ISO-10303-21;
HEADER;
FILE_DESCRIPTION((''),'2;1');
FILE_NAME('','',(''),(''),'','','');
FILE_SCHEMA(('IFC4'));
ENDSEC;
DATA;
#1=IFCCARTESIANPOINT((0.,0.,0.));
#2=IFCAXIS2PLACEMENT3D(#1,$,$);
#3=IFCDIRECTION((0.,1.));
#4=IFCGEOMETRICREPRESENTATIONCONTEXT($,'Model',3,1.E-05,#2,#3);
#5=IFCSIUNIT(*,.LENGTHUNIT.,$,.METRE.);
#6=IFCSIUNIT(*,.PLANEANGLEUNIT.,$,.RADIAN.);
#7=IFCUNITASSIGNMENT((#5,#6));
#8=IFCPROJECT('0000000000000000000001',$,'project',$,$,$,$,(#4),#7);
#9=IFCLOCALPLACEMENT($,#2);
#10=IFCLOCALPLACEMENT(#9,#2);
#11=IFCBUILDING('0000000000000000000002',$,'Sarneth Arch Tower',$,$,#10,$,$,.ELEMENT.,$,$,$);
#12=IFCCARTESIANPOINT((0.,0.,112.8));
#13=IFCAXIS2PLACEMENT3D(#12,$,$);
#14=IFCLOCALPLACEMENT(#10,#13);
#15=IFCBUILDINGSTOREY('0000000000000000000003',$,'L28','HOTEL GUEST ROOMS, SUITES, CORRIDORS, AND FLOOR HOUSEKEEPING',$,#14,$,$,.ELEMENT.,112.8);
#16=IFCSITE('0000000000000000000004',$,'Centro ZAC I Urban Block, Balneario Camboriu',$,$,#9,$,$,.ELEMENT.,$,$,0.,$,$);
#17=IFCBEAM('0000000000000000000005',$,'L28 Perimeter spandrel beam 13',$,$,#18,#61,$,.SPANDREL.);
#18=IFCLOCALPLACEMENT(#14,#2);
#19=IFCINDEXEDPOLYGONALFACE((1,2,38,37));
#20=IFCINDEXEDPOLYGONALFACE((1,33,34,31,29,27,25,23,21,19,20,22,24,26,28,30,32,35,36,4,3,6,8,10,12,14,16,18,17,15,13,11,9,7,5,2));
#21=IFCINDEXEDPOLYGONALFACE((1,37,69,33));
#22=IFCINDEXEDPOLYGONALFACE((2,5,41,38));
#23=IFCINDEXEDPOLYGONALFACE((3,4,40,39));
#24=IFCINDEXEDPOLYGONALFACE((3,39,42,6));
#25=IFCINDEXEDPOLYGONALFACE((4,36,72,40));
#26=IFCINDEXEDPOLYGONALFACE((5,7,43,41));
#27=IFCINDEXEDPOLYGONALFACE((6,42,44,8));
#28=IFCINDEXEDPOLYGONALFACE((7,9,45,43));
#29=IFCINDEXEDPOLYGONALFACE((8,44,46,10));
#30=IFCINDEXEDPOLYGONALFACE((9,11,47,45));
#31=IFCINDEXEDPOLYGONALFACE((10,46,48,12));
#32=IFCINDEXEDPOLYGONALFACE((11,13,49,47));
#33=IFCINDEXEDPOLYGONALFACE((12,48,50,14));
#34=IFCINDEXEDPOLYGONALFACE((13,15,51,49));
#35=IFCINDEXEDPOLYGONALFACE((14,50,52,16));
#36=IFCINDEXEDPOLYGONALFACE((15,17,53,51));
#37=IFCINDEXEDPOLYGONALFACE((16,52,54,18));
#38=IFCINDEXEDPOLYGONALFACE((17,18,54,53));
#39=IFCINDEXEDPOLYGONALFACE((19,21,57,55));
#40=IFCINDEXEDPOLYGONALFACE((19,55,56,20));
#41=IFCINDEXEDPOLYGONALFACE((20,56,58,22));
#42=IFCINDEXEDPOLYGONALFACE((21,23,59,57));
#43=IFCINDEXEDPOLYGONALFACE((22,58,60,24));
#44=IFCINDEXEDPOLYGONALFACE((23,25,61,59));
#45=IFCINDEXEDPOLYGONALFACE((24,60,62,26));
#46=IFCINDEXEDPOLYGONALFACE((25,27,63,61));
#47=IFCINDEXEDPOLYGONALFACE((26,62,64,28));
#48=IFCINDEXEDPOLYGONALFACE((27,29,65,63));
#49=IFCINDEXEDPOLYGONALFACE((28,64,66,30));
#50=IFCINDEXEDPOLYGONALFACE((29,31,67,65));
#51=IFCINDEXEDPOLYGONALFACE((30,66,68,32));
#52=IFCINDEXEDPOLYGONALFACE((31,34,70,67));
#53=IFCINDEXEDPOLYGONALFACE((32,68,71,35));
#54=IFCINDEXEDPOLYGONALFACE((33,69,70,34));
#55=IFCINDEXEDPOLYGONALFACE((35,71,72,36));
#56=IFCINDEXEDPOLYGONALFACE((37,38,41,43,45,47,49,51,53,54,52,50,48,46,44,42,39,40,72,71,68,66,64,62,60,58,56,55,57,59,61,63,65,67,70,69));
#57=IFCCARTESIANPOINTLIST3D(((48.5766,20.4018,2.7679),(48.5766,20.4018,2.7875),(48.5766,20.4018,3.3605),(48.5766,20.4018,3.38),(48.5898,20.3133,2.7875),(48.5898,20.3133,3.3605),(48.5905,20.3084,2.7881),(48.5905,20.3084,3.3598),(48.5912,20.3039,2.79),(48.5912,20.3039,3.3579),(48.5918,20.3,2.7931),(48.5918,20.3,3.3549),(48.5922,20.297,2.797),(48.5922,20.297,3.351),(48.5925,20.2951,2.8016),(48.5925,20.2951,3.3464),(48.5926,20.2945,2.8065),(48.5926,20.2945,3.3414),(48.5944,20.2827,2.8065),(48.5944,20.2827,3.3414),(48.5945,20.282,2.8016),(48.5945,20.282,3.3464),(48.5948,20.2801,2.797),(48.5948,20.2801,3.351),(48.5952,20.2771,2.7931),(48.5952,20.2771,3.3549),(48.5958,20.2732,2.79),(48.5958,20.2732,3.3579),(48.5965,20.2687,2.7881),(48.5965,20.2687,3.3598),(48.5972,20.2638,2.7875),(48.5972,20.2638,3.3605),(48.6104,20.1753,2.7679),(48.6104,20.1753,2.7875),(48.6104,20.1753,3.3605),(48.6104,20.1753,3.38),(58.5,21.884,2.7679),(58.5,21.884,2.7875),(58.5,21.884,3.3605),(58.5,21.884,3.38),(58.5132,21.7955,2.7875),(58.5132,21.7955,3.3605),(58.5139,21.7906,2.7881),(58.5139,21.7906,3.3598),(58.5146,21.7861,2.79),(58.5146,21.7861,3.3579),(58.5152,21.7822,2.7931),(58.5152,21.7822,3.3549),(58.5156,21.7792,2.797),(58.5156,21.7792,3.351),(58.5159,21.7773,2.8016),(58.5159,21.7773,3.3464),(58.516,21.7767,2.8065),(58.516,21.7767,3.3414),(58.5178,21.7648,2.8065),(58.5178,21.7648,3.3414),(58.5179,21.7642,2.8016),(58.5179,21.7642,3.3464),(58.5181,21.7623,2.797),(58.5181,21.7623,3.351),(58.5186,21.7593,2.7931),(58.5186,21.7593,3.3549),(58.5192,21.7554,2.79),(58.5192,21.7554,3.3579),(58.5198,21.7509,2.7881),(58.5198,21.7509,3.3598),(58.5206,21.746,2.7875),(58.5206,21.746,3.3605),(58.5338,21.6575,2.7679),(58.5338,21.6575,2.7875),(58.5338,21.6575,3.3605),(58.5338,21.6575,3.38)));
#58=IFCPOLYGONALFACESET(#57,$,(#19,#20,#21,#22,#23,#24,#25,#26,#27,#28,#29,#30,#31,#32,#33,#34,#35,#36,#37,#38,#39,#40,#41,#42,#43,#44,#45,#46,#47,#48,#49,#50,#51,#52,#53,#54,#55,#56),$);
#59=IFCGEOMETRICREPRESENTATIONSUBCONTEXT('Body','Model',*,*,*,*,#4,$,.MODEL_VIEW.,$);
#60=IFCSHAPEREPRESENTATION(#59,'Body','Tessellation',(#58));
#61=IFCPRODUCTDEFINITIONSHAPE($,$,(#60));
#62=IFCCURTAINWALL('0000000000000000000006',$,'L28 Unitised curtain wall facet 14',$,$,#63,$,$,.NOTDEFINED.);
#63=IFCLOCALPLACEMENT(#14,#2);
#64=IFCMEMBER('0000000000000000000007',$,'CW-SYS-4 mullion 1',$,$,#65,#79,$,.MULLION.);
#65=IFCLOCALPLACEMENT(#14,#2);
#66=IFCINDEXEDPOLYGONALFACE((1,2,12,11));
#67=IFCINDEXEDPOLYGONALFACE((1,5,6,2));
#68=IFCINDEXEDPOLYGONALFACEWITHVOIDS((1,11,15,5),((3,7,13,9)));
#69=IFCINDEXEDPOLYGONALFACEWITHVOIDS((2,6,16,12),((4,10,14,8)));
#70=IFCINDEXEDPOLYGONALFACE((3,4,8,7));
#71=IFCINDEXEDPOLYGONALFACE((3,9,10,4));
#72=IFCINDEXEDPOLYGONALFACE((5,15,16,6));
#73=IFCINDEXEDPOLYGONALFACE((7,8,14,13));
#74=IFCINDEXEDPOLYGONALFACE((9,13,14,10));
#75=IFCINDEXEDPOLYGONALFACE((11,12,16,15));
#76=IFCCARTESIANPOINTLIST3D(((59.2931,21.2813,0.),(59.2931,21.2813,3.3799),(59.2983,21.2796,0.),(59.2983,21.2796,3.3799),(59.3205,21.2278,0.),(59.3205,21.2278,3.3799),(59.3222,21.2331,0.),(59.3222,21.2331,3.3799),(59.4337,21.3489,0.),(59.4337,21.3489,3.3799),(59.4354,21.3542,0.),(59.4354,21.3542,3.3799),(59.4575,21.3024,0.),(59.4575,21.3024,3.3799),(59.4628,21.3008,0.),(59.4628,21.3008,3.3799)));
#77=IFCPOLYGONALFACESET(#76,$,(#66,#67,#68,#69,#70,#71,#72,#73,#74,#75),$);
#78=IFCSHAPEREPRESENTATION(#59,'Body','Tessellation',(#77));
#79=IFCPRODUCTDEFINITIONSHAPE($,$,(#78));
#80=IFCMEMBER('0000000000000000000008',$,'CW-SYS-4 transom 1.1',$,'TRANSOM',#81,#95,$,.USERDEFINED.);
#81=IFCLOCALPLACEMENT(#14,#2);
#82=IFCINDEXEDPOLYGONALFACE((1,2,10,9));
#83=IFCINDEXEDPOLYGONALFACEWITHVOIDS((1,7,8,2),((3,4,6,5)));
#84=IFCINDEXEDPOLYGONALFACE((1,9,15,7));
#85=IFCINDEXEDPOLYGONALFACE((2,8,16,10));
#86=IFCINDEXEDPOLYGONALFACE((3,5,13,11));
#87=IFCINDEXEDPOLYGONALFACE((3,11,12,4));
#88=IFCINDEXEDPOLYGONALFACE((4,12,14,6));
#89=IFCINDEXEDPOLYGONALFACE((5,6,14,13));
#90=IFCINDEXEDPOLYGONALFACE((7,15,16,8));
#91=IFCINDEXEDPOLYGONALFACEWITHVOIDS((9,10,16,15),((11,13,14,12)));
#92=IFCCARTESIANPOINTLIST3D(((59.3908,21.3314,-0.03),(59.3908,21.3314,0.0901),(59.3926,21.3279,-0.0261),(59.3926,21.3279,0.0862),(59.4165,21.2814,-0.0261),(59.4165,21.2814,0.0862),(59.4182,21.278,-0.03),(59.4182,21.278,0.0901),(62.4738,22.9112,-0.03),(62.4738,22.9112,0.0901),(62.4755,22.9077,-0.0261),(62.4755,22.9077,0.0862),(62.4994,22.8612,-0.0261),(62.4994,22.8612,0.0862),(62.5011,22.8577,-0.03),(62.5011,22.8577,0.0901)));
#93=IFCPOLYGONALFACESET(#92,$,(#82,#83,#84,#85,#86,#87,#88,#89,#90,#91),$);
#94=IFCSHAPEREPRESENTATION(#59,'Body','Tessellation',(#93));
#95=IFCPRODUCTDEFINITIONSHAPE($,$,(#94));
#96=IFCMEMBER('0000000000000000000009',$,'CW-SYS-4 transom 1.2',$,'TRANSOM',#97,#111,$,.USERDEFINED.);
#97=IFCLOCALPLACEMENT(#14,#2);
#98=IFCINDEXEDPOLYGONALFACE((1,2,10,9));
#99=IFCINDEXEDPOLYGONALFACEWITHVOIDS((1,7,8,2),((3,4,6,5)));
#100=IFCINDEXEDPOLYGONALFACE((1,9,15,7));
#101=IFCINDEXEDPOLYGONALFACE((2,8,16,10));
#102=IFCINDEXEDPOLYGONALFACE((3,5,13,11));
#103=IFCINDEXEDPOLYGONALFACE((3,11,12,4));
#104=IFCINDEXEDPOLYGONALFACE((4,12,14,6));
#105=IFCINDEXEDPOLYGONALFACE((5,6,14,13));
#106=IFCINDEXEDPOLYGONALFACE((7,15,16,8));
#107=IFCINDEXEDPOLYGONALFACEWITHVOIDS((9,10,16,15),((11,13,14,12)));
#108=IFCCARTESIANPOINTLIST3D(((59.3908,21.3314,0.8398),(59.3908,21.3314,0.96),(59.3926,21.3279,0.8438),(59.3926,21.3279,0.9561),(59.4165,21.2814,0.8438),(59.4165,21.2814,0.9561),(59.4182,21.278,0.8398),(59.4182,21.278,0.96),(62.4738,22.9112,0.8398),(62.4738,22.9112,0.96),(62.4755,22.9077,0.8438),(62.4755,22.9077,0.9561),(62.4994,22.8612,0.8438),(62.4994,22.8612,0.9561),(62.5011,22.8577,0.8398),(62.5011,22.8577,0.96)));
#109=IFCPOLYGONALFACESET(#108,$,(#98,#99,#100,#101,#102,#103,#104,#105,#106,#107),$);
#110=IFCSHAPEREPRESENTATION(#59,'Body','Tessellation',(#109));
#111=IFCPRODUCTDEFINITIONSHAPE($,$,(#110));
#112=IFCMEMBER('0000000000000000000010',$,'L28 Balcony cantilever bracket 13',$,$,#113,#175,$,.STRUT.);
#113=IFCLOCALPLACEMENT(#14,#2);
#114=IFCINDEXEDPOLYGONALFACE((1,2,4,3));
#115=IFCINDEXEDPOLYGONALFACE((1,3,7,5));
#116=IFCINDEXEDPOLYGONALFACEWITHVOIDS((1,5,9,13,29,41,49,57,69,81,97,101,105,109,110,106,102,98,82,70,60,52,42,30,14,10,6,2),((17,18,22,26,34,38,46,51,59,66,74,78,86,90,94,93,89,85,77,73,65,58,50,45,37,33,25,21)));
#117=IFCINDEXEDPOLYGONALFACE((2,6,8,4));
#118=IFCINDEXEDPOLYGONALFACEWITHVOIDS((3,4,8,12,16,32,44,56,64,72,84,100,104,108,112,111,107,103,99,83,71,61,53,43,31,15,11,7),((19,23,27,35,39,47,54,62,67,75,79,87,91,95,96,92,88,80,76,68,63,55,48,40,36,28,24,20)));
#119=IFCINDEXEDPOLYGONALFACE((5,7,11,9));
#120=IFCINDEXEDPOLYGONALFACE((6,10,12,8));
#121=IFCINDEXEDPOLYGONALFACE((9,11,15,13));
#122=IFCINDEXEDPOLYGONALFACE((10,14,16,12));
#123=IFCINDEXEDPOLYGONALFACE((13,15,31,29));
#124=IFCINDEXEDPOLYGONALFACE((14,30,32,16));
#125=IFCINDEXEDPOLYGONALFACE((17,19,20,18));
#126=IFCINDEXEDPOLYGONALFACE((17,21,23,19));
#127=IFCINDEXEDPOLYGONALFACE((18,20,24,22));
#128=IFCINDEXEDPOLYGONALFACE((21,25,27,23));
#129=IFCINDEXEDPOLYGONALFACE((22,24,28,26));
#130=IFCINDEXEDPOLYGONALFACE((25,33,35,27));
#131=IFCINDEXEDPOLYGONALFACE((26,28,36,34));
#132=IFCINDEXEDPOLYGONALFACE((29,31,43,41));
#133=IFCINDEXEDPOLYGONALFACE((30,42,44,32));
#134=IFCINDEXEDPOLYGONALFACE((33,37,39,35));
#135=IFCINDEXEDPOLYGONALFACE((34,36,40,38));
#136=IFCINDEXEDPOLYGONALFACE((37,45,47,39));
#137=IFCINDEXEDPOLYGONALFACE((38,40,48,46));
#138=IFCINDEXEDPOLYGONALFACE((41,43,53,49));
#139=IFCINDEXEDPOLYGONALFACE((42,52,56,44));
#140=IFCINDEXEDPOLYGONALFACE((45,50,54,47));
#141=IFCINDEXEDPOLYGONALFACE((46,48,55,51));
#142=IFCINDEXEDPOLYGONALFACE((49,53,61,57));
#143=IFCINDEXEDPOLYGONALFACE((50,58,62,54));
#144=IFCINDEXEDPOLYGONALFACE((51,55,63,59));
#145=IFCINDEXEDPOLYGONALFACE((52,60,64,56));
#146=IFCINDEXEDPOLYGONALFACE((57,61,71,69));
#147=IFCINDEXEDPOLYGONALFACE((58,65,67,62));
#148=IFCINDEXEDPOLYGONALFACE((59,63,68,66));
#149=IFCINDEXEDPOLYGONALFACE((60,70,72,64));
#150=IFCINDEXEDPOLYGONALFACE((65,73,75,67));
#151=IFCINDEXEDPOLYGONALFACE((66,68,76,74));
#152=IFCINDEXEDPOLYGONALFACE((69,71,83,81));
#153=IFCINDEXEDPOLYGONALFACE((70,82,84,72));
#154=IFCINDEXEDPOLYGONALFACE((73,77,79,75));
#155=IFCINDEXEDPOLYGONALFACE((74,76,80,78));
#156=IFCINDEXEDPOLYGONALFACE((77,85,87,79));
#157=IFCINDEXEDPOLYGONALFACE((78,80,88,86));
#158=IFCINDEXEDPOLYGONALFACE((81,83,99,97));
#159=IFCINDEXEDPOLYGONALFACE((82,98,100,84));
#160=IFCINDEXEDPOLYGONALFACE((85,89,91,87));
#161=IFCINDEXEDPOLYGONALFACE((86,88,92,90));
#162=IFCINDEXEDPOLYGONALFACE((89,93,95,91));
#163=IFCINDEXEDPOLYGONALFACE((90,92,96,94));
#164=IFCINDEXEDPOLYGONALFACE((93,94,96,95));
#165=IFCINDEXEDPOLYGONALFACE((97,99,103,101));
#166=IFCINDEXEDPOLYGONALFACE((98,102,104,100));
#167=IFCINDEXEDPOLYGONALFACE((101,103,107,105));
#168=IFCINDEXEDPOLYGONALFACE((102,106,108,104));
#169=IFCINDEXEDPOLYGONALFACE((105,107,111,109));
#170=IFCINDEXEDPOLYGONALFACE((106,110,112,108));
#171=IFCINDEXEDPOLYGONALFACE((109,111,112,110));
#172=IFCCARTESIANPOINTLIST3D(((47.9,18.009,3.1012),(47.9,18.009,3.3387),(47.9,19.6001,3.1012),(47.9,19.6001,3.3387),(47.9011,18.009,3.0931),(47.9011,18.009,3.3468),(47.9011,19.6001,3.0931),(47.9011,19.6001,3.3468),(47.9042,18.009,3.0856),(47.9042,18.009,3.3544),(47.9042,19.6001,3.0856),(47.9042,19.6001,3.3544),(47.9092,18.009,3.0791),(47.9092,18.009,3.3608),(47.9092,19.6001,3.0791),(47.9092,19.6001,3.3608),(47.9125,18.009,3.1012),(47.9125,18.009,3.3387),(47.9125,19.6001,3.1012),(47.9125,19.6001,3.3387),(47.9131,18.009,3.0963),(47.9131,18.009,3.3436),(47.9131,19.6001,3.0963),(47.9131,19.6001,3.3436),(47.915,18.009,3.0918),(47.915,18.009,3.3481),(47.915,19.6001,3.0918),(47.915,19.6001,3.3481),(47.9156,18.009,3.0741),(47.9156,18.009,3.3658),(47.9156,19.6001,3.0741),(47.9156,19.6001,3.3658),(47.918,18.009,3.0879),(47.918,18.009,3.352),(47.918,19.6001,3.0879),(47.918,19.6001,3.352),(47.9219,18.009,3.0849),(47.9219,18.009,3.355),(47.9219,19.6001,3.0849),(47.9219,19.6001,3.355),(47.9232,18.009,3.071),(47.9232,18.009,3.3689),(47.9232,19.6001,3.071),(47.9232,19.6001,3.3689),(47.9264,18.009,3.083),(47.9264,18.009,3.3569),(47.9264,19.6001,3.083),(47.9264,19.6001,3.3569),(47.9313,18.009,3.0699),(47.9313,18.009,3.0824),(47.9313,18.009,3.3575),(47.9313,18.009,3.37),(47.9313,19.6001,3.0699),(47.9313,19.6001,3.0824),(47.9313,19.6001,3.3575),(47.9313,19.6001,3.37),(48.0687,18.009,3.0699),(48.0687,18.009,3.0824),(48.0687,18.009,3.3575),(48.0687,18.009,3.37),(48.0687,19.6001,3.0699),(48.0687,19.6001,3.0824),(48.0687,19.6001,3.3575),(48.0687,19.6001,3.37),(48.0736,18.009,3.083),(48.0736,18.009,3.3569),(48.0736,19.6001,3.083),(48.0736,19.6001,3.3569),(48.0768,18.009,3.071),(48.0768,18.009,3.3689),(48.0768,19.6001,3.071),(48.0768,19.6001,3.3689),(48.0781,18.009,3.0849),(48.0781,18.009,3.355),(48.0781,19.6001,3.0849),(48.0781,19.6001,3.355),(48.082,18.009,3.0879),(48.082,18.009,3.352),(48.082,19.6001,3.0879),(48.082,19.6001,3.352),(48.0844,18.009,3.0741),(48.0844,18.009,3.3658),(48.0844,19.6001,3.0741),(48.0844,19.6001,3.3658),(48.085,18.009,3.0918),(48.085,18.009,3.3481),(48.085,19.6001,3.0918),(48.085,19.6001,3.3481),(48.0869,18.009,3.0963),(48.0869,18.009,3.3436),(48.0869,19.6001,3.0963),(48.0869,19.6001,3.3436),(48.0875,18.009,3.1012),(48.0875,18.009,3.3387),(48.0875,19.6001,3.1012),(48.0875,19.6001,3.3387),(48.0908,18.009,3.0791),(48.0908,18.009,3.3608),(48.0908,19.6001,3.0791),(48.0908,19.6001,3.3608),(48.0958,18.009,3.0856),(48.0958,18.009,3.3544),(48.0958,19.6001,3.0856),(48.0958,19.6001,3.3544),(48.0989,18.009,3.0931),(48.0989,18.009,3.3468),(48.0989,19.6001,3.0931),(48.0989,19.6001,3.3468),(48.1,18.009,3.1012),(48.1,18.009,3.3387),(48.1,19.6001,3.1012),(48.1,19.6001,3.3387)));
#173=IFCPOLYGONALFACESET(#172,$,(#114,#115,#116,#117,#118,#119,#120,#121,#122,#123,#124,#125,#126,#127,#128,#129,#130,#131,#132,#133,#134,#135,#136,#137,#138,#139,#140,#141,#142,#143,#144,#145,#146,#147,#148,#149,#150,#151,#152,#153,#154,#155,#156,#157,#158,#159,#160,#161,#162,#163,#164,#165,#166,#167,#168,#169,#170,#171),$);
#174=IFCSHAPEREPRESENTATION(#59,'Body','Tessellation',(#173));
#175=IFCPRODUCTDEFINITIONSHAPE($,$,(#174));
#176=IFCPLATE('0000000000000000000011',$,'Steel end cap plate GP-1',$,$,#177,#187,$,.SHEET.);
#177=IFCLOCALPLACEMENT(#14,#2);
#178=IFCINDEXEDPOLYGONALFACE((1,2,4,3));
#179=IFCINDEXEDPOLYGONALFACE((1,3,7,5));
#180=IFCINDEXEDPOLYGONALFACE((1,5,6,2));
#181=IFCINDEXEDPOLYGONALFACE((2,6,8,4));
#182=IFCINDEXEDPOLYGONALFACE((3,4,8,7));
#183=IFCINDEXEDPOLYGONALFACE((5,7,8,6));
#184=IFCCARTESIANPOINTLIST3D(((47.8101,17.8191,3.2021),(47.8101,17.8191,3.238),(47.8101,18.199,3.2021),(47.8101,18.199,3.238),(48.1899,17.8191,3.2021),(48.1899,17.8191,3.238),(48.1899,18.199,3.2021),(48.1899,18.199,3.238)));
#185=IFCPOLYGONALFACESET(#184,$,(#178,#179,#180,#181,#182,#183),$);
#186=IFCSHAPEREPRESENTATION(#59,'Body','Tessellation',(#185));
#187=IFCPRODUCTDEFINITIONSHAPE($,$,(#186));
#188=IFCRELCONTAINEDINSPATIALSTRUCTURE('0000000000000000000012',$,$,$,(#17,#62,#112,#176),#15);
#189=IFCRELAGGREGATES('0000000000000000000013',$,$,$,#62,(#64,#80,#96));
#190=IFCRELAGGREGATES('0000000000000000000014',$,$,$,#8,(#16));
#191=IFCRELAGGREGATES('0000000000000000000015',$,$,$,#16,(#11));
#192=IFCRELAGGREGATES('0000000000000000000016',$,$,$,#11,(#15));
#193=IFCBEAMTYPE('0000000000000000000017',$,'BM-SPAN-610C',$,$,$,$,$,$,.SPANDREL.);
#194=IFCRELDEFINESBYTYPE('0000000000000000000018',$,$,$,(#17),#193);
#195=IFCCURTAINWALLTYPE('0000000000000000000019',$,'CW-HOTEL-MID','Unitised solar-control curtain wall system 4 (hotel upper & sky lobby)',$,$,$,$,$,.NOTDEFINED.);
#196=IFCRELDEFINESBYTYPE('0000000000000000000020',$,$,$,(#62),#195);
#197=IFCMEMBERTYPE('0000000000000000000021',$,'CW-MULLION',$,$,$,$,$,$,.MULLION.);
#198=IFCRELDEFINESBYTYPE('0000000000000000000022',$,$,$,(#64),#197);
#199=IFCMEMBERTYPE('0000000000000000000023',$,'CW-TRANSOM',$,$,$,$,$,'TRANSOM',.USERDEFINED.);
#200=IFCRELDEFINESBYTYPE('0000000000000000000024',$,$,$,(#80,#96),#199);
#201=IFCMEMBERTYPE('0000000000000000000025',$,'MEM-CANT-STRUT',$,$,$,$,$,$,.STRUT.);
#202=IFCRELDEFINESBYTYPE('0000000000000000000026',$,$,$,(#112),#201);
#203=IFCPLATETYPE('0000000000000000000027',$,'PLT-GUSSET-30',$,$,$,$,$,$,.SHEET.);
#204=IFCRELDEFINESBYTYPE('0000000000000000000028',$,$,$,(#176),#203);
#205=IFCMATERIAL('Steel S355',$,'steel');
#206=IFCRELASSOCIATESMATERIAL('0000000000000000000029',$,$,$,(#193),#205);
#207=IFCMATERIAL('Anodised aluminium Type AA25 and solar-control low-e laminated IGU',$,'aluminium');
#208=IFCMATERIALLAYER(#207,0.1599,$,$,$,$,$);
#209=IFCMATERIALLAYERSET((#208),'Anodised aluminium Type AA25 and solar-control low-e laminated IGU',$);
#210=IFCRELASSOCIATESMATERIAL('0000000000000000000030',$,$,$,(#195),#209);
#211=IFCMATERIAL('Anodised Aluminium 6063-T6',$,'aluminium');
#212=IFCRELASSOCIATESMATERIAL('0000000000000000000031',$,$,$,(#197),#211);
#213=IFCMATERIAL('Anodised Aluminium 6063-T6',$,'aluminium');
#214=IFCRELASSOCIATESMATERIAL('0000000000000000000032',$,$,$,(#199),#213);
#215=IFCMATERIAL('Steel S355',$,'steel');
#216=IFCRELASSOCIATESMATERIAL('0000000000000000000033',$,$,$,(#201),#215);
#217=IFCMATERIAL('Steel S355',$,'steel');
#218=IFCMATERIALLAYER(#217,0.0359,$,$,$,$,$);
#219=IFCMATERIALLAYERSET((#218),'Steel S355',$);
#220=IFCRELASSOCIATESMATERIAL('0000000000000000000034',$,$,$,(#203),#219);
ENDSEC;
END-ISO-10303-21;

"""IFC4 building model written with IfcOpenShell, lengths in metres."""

from ifc_helpers import new_model, si_unit, direction, frame, origin, origin_2d, place, context, subcontext, project, spatial, rectangle, hollow_rectangle, i_section, extrude, material, layer, layer_set, material_profile, profile_set, type_object, element, aggregate, save


model = new_model("IFC4")

# Units and contexts
model_context = context("Model", 3, precision=1e-05, world=origin(), true_north=direction((0.0, 1.0)))
body_context = subcontext(model_context, "Body", "Model", "MODEL_VIEW")
ifc_project = project(units=[si_unit("LENGTHUNIT", "METRE"), si_unit("PLANEANGLEUNIT", "RADIAN")], contexts=[model_context])

# Site, building, storey
site_placement = place(None, origin())
site = spatial("IfcSite", under=ifc_project, at=site_placement, Name="Centro ZAC I Urban Block, Balneario Camboriu", CompositionType="ELEMENT", RefElevation=0.0)
building_placement = place(site_placement, origin())
building = spatial("IfcBuilding", under=site, at=building_placement, Name="Sarneth Arch Tower", CompositionType="ELEMENT")
storey_placement = place(building_placement, frame((0.0, 0.0, 112.8)))
storey = spatial("IfcBuildingStorey", under=building, at=storey_placement, Name="L28", Description="HOTEL GUEST ROOMS, SUITES, CORRIDORS, AND FLOOR HOUSEKEEPING", CompositionType="ELEMENT", Elevation=112.8)

# Beam
ifc_material_1 = material(Name="Steel S355", Category="steel")
ifc_material_profile_1 = material_profile(ifc_material_1, i_section(OverallWidth=0.229, OverallDepth=0.6121, WebThickness=0.012, FlangeThickness=0.0195, FilletRadius=0.019, at=origin_2d()), Name="W610x125")
ifc_profile_set_1 = profile_set([ifc_material_profile_1], Name="Steel S355")
beam_type_1 = type_object("IfcBeamType", Name="BM-SPAN-610C", PredefinedType="SPANDREL", material=ifc_profile_set_1)
beam_1_placement = place(storey_placement, frame((48.5935, 20.2886, 3.074), z_axis=(0.989029, 0.147724, 0.0), x_axis=(-0.147724, 0.989029, 0.0)))
element("IfcBeam", 1, at=beam_1_placement, inside=storey, type_object=beam_type_1, Name="L28 Perimeter spandrel beam 13", PredefinedType="SPANDREL", context=body_context, shape_type="SweptSolid", body=[
    extrude(i_section(OverallWidth=0.229, OverallDepth=0.6121, WebThickness=0.012, FlangeThickness=0.0195, FilletRadius=0.019, at=origin_2d()), origin(), (0.0, 0.0, 1.0), 10.0334),
])

# Curtain wall, members
ifc_material_2 = material(Name="Anodised aluminium Type AA25 and solar-control low-e laminated IGU", Category="aluminium")
ifc_layer_1 = layer(ifc_material_2, 0.1599)
ifc_layer_set_1 = layer_set([ifc_layer_1], Name="Anodised aluminium Type AA25 and solar-control low-e laminated IGU")
curtain_wall_type = type_object("IfcCurtainWallType", Name="CW-HOTEL-MID", Description="Unitised solar-control curtain wall system 4 (hotel upper & sky lobby)", PredefinedType="NOTDEFINED", material=ifc_layer_set_1)
curtain_wall_placement = place(storey_placement, origin())
curtain_wall = element("IfcCurtainWall", 2, at=curtain_wall_placement, inside=storey, type_object=curtain_wall_type, Name="L28 Unitised curtain wall facet 14", PredefinedType="NOTDEFINED")
ifc_material_3 = material(Name="Anodised Aluminium 6063-T6", Category="aluminium")
ifc_material_profile_2 = material_profile(ifc_material_3, hollow_rectangle(XDim=0.0601, YDim=0.1599, WallThickness=0.0039, at=origin_2d()), Name="AL-MULL-160x60x4")
ifc_profile_set_2 = profile_set([ifc_material_profile_2], Name="Anodised Aluminium 6063-T6")
member_type_1 = type_object("IfcMemberType", Name="CW-MULLION", PredefinedType="MULLION", material=ifc_profile_set_2)
member_1_placement = place(storey_placement, frame((59.3779, 21.291, 0.0), z_axis=(0.0, 0.0, 1.0), x_axis=(-0.456031, 0.889964, 0.0)))
member_1 = element("IfcMember", 3, at=member_1_placement, type_object=member_type_1, Name="CW-SYS-4 mullion 1", PredefinedType="MULLION", context=body_context, shape_type="SweptSolid", body=[
    extrude(hollow_rectangle(XDim=0.0601, YDim=0.1599, WallThickness=0.0039, at=origin_2d()), origin(), (0.0, 0.0, 1.0), 3.3799),
])
ifc_material_4 = material(Name="Anodised Aluminium 6063-T6", Category="aluminium")
ifc_material_profile_3 = material_profile(ifc_material_4, hollow_rectangle(XDim=0.0601, YDim=0.1201, WallThickness=0.0039, at=origin_2d()), Name="AL-TRAN-120x60x4")
ifc_profile_set_3 = profile_set([ifc_material_profile_3], Name="Anodised Aluminium 6063-T6")
member_type_2 = type_object("IfcMemberType", Name="CW-TRANSOM", ElementType="TRANSOM", PredefinedType="USERDEFINED", material=ifc_profile_set_3)
member_2_placement = place(storey_placement, frame((59.4045, 21.3047, 0.03), z_axis=(0.889958, 0.456043, 0.0), x_axis=(-0.456043, 0.889958, 0.0)))
member_2 = element("IfcMember", 4, at=member_2_placement, type_object=member_type_2, Name="CW-SYS-4 transom 1.1", ObjectType="TRANSOM", PredefinedType="USERDEFINED", context=body_context, shape_type="SweptSolid", body=[
    extrude(hollow_rectangle(XDim=0.0601, YDim=0.1201, WallThickness=0.0039, at=origin_2d()), origin(), (0.0, 0.0, 1.0), 3.4641),
])
member_3_placement = place(storey_placement, frame((59.4045, 21.3047, 0.8999), z_axis=(0.889958, 0.456043, 0.0), x_axis=(-0.456043, 0.889958, 0.0)))
member_3 = element("IfcMember", 5, at=member_3_placement, type_object=member_type_2, Name="CW-SYS-4 transom 1.2", ObjectType="TRANSOM", PredefinedType="USERDEFINED", context=body_context, shape_type="SweptSolid", body=[
    extrude(hollow_rectangle(XDim=0.0601, YDim=0.1201, WallThickness=0.0039, at=origin_2d()), origin(), (0.0, 0.0, 1.0), 3.4641),
])
aggregate(curtain_wall, [member_1, member_2, member_3])

# Member
ifc_material_5 = material(Name="Steel S355", Category="steel")
ifc_material_profile_4 = material_profile(ifc_material_5, hollow_rectangle(XDim=0.2, YDim=0.3, WallThickness=0.0125, InnerFilletRadius=0.0188, OuterFilletRadius=0.0312, at=origin_2d()), Name="RHS300x200x12.5")
ifc_profile_set_4 = profile_set([ifc_material_profile_4], Name="Steel S355")
member_type_3 = type_object("IfcMemberType", Name="MEM-CANT-STRUT", PredefinedType="STRUT", material=ifc_profile_set_4)
member_4_placement = place(storey_placement, frame((48.0, 19.6001, 3.22), z_axis=(0.0, -1.0, 0.0), x_axis=(1.0, 0.0, 0.0)))
element("IfcMember", 6, at=member_4_placement, inside=storey, type_object=member_type_3, Name="L28 Balcony cantilever bracket 13", PredefinedType="STRUT", context=body_context, shape_type="SweptSolid", body=[
    extrude(hollow_rectangle(XDim=0.2, YDim=0.3, WallThickness=0.0125, InnerFilletRadius=0.0188, OuterFilletRadius=0.0312, at=origin_2d()), origin(), (0.0, 0.0, 1.0), 1.5911),
])

# Plate
ifc_material_6 = material(Name="Steel S355", Category="steel")
ifc_layer_2 = layer(ifc_material_6, 0.0359)
ifc_layer_set_2 = layer_set([ifc_layer_2], Name="Steel S355")
plate_type = type_object("IfcPlateType", Name="PLT-GUSSET-30", PredefinedType="SHEET", material=ifc_layer_set_2)
plate_placement = place(storey_placement, frame((48.0, 18.009, 3.2021), z_axis=(0.0, 0.0, 1.0), x_axis=(0.0, -1.0, 0.0)))
element("IfcPlate", 7, at=plate_placement, inside=storey, type_object=plate_type, Name="Steel end cap plate GP-1", PredefinedType="SHEET", context=body_context, shape_type="SweptSolid", body=[
    extrude(rectangle(XDim=0.3799, YDim=0.3799, at=origin_2d()), origin(), (0.0, 0.0, 1.0), 0.0359),
])

save(model, "model.ifc")
